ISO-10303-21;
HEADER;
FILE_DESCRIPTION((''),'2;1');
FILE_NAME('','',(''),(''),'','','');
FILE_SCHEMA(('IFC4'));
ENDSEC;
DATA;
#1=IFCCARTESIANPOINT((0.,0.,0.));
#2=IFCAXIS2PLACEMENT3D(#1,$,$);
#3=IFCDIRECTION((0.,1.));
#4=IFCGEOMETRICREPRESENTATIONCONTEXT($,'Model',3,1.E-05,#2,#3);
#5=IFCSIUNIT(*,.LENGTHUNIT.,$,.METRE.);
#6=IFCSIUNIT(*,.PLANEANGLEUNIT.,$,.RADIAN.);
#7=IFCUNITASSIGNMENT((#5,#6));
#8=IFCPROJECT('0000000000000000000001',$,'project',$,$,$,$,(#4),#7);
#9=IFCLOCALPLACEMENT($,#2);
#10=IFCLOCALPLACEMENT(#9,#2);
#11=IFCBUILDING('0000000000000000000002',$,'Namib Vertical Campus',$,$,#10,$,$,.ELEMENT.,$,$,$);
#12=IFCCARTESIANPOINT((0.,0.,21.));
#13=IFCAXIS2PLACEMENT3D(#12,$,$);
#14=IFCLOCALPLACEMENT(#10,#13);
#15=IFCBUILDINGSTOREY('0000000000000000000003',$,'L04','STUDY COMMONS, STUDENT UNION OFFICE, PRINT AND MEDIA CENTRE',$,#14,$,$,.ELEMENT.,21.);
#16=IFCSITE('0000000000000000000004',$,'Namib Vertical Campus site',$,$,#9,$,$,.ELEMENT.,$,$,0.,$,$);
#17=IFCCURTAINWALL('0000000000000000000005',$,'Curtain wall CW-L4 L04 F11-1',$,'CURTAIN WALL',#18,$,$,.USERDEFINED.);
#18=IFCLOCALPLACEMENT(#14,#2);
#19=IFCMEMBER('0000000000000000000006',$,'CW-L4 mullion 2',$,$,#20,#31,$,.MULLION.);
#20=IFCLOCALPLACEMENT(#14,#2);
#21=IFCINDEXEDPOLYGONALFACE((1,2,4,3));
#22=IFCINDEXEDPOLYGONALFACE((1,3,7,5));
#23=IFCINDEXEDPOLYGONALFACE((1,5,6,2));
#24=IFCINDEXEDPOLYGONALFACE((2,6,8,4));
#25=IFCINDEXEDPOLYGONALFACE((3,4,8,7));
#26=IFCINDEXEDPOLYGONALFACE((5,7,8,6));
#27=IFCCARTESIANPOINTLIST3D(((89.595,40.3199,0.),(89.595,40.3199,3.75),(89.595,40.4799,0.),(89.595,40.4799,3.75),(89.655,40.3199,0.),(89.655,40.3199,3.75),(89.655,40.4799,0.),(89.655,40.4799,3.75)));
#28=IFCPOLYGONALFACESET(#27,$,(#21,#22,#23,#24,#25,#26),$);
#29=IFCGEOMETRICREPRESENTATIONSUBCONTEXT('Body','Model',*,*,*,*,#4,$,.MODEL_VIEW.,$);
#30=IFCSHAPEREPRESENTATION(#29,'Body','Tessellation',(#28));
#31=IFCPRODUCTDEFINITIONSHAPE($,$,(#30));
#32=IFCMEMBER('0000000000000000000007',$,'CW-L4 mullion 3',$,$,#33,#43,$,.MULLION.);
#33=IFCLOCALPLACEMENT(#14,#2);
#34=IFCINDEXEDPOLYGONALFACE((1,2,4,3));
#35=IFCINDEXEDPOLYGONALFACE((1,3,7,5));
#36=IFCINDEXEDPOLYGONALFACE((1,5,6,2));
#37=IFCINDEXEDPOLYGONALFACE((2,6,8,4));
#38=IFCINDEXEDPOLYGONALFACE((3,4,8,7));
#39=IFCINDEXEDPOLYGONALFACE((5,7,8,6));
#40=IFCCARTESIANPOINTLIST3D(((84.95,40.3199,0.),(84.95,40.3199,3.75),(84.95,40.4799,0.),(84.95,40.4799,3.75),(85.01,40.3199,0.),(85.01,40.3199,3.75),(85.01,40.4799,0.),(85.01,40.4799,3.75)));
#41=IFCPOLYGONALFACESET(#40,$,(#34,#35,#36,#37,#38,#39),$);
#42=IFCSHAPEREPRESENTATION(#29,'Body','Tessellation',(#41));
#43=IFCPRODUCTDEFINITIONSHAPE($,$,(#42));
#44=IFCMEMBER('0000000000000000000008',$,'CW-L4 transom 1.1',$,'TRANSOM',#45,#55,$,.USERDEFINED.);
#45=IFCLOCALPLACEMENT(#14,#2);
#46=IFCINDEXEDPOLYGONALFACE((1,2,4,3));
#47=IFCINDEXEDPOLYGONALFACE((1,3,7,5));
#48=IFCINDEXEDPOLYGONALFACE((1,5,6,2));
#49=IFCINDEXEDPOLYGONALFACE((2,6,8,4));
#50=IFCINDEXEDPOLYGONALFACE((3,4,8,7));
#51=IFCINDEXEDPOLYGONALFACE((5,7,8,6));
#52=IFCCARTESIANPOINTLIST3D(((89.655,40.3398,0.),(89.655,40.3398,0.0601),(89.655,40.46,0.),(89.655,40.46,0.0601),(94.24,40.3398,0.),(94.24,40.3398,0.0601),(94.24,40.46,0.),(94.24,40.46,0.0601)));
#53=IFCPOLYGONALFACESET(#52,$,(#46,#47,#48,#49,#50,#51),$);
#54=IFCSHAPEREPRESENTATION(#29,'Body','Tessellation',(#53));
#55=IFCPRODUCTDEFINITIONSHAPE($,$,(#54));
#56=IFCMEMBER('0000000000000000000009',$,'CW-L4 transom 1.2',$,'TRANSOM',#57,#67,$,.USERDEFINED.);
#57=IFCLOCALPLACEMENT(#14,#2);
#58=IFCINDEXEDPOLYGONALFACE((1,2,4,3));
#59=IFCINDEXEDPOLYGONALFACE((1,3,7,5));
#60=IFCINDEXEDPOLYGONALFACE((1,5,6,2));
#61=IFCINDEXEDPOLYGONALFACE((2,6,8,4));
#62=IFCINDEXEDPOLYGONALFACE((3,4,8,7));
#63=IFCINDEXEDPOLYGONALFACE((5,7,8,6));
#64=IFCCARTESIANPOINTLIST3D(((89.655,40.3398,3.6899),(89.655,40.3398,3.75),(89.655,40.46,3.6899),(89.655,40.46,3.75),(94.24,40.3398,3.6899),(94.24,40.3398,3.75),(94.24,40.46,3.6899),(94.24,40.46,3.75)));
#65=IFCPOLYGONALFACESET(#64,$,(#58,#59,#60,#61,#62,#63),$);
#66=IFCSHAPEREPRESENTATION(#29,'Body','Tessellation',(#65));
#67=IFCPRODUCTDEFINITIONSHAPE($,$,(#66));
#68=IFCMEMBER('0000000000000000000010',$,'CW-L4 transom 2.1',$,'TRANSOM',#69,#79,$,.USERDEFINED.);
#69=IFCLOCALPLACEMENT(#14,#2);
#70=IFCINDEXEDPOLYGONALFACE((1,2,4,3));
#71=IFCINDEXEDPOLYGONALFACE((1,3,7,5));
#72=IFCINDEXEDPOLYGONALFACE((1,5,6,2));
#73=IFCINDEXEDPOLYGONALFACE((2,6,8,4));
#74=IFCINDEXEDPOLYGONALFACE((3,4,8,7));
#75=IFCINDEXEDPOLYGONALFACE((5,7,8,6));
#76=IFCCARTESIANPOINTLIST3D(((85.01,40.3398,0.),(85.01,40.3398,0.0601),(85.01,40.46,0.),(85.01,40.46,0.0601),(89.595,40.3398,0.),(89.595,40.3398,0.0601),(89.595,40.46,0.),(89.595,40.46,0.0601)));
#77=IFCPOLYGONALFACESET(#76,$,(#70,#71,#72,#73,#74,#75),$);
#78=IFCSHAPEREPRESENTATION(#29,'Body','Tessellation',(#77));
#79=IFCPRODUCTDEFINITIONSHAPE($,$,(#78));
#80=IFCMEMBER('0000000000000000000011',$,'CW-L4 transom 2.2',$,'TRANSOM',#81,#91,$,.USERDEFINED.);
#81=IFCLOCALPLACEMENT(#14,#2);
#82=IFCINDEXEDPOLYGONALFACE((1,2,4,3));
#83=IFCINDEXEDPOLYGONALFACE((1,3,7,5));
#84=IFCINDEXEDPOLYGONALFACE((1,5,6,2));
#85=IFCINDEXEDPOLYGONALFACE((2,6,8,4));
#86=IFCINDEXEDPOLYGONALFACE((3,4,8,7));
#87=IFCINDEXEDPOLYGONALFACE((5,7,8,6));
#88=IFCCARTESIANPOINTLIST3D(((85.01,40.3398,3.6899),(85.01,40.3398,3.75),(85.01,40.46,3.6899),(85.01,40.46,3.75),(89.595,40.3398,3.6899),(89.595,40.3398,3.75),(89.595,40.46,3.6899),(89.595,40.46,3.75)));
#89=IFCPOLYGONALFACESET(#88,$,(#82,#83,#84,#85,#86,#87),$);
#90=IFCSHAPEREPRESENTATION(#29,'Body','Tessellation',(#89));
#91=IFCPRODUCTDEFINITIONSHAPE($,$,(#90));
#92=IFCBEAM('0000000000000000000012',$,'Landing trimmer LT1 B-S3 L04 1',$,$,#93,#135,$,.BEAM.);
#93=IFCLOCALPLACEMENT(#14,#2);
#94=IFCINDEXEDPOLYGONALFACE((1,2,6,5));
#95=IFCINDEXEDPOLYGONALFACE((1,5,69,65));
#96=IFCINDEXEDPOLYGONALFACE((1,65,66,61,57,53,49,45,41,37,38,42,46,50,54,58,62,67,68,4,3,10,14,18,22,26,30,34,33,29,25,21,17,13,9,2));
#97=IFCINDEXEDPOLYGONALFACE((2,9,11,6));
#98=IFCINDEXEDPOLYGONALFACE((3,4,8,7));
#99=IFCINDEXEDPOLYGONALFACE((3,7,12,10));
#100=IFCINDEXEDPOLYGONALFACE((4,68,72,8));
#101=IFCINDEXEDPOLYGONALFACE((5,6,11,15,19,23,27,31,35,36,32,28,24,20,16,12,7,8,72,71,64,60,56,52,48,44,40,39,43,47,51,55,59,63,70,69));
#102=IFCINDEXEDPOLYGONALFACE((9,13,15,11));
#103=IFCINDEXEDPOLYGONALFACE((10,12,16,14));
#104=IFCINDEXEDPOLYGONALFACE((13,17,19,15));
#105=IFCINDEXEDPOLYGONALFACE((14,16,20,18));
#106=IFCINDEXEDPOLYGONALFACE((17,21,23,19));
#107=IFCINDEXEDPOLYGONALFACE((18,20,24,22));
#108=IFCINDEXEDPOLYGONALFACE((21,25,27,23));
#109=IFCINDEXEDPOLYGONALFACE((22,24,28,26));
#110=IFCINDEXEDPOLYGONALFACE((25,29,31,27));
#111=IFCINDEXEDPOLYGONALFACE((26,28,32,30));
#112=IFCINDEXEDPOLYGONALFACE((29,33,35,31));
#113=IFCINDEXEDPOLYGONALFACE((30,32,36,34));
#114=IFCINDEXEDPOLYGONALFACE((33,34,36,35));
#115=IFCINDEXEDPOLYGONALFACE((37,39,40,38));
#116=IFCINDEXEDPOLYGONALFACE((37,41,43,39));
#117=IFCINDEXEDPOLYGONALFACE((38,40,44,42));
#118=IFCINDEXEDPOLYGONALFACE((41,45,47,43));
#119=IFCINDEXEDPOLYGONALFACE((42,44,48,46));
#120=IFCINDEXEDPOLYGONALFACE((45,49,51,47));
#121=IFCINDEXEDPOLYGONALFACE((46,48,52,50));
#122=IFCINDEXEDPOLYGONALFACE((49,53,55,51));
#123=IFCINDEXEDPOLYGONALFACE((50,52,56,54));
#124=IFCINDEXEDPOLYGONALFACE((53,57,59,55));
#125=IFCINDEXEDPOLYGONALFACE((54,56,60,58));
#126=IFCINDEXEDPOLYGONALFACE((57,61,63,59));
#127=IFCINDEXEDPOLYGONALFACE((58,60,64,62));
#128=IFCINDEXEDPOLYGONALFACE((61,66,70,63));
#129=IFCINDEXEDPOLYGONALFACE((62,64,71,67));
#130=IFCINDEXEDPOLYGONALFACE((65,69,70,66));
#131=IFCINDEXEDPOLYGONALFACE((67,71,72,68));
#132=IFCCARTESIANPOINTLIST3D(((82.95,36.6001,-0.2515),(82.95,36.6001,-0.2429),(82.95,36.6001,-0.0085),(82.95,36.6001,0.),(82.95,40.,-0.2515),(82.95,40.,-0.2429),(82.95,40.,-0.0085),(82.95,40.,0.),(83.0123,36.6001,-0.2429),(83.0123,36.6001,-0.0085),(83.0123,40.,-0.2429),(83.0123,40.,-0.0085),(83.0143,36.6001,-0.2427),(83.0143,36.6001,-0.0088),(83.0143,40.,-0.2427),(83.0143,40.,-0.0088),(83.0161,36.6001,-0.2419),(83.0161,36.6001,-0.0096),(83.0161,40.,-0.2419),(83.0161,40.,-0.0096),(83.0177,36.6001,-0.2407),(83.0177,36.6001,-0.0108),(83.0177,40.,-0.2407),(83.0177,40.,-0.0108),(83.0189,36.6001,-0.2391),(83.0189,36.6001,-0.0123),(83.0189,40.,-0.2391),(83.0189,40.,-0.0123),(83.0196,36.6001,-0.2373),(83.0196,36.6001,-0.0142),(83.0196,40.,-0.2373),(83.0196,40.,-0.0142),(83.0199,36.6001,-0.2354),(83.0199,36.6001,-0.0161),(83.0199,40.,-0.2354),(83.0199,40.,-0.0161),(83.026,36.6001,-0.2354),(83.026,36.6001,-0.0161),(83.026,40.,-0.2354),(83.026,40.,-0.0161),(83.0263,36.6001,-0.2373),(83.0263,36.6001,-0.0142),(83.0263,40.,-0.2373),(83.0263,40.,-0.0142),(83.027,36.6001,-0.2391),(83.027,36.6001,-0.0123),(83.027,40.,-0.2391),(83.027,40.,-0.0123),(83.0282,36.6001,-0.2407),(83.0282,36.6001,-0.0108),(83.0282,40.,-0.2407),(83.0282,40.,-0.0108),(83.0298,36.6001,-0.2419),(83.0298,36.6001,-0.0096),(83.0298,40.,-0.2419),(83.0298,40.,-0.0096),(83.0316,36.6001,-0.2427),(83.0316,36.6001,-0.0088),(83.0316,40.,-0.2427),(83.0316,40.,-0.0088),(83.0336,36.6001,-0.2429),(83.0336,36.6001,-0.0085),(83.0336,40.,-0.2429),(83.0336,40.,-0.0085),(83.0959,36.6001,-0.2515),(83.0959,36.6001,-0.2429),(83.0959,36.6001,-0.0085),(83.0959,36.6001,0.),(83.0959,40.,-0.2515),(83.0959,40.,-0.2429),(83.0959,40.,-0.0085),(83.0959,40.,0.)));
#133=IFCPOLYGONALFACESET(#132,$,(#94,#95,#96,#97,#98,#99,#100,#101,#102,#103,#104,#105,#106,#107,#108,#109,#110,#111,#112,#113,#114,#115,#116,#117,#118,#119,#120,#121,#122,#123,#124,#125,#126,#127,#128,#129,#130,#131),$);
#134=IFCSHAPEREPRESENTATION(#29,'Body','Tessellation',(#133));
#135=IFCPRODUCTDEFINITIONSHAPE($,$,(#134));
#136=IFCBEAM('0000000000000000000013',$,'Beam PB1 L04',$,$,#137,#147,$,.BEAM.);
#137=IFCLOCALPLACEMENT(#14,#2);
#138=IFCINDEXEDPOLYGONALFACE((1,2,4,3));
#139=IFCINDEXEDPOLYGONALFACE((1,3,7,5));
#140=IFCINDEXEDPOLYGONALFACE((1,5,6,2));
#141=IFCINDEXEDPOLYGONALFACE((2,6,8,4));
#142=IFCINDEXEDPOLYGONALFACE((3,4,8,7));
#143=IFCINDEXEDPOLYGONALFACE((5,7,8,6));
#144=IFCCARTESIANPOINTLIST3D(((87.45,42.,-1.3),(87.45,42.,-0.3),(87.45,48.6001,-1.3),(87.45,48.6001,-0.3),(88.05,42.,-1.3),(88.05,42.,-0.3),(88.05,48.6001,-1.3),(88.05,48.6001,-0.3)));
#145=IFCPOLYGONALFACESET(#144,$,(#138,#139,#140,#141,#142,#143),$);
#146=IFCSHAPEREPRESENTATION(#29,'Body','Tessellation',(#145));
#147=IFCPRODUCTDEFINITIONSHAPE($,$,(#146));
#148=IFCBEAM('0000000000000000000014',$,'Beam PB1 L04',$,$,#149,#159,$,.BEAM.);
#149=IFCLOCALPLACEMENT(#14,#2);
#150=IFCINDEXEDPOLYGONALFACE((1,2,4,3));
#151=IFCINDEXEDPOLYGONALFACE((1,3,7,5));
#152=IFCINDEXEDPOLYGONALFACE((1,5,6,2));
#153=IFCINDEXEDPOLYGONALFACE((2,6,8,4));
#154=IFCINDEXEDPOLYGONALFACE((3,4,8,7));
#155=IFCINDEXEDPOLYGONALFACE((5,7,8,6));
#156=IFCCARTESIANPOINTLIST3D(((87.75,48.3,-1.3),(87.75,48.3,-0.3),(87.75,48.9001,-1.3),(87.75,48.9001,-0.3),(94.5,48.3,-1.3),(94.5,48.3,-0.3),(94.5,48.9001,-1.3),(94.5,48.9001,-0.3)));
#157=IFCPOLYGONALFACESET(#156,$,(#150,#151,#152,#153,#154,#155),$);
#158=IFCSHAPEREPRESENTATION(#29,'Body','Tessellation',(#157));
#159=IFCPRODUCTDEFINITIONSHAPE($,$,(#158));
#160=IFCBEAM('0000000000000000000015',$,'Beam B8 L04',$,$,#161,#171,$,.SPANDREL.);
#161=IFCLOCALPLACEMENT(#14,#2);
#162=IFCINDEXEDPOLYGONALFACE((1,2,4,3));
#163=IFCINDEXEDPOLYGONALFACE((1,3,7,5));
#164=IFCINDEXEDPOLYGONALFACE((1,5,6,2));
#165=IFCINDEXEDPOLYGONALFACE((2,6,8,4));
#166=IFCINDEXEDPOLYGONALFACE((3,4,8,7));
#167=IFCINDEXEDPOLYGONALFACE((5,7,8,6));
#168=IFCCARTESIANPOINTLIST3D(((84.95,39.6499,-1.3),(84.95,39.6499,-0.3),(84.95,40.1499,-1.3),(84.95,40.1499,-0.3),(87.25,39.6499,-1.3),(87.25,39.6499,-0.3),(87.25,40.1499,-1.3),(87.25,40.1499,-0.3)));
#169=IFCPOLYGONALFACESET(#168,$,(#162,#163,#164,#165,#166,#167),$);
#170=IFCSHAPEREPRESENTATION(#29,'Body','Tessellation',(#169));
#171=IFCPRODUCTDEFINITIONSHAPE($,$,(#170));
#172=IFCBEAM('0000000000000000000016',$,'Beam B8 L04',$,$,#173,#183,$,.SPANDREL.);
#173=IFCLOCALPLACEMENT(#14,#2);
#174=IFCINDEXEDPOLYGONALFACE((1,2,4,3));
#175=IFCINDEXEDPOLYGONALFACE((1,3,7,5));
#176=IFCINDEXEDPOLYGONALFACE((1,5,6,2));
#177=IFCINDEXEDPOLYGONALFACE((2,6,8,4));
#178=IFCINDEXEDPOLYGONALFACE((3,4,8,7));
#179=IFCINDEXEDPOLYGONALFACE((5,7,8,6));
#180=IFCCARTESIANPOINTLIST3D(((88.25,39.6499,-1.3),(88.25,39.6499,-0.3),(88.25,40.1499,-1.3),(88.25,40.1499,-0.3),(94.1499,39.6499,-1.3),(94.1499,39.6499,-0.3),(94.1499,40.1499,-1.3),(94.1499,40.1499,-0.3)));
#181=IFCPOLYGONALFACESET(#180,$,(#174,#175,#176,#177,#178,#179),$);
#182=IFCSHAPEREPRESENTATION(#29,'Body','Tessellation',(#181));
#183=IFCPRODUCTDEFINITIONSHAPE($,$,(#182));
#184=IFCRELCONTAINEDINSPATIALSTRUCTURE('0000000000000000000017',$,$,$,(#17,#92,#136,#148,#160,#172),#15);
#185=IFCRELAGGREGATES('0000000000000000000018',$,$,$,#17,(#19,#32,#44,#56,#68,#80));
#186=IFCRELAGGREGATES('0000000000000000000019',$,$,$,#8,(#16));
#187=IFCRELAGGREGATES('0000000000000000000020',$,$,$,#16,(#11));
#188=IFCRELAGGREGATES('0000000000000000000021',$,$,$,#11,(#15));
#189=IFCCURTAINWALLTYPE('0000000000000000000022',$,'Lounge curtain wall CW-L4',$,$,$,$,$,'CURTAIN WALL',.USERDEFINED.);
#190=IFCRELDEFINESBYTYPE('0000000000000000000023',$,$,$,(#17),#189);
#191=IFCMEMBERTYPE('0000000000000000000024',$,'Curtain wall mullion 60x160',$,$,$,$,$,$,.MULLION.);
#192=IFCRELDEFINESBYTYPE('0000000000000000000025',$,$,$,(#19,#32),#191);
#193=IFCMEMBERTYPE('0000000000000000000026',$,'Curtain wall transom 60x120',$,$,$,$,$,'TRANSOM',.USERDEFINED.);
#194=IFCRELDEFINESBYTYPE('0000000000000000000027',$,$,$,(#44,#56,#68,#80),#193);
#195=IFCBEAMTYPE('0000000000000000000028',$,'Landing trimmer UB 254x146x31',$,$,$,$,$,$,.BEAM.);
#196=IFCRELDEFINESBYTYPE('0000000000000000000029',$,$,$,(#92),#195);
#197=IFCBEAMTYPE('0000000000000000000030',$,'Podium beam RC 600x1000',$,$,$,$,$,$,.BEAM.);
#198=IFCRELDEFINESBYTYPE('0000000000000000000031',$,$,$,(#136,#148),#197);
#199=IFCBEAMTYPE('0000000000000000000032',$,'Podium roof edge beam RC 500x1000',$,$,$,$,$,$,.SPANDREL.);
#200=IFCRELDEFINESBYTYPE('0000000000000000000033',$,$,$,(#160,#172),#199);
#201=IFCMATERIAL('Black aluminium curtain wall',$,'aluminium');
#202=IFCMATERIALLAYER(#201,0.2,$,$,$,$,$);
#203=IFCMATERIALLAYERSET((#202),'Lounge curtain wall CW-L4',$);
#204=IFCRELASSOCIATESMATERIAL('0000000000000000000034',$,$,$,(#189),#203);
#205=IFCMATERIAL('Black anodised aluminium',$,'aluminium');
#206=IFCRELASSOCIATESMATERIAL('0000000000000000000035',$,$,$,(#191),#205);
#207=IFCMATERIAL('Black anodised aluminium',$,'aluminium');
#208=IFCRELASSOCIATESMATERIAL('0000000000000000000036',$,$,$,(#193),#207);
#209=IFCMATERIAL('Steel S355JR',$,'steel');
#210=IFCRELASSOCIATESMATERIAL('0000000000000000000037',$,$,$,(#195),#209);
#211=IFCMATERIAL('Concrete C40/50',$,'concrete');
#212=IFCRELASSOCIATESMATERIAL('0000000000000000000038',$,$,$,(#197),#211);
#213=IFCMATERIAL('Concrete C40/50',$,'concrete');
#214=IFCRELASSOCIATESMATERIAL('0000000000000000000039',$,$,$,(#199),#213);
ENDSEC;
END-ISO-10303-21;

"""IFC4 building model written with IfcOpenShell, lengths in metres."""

from ifc_helpers import new_model, si_unit, direction, frame, origin, origin_2d, place, context, subcontext, project, spatial, rectangle, i_section, extrude, material, layer, layer_set, material_profile, profile_set, type_object, element, aggregate, save


model = new_model("IFC4")

# Units and contexts
model_context = context("Model", 3, precision=1e-05, world=origin(), true_north=direction((0.0, 1.0)))
body_context = subcontext(model_context, "Body", "Model", "MODEL_VIEW")
ifc_project = project(units=[si_unit("LENGTHUNIT", "METRE"), si_unit("PLANEANGLEUNIT", "RADIAN")], contexts=[model_context])

# Site, building, storey
site_placement = place(None, origin())
site = spatial("IfcSite", under=ifc_project, at=site_placement, Name="Namib Vertical Campus site", CompositionType="ELEMENT", RefElevation=0.0)
building_placement = place(site_placement, origin())
building = spatial("IfcBuilding", under=site, at=building_placement, Name="Namib Vertical Campus", CompositionType="ELEMENT")
storey_placement = place(building_placement, frame((0.0, 0.0, 21.0)))
storey = spatial("IfcBuildingStorey", under=building, at=storey_placement, Name="L04", Description="STUDY COMMONS, STUDENT UNION OFFICE, PRINT AND MEDIA CENTRE", CompositionType="ELEMENT", Elevation=21.0)

# Curtain wall, members
ifc_material_1 = material(Name="Black aluminium curtain wall", Category="aluminium")
ifc_layer_1 = layer(ifc_material_1, 0.2)
ifc_layer_set_1 = layer_set([ifc_layer_1], Name="Lounge curtain wall CW-L4")
curtain_wall_type = type_object("IfcCurtainWallType", Name="Lounge curtain wall CW-L4", ElementType="CURTAIN WALL", PredefinedType="USERDEFINED", material=ifc_layer_set_1)
curtain_wall_placement = place(storey_placement, origin())
curtain_wall = element("IfcCurtainWall", 1, at=curtain_wall_placement, inside=storey, type_object=curtain_wall_type, Name="Curtain wall CW-L4 L04 F11-1", ObjectType="CURTAIN WALL", PredefinedType="USERDEFINED")
ifc_material_2 = material(Name="Black anodised aluminium", Category="aluminium")
ifc_material_profile_1 = material_profile(ifc_material_2, rectangle(XDim=0.0601, YDim=0.1599, at=origin_2d()))
ifc_profile_set_1 = profile_set([ifc_material_profile_1], Name="Black anodised aluminium")
member_type_1 = type_object("IfcMemberType", Name="Curtain wall mullion 60x160", PredefinedType="MULLION", material=ifc_profile_set_1)
member_1_placement = place(storey_placement, frame((89.625, 40.3999, 0.0), z_axis=(0.0, 0.0, 1.0), x_axis=(-1.0, 0.0, 0.0)))
member_1 = element("IfcMember", 2, at=member_1_placement, type_object=member_type_1, Name="CW-L4 mullion 2", PredefinedType="MULLION", context=body_context, shape_type="SweptSolid", body=[
    extrude(rectangle(XDim=0.0601, YDim=0.1599, at=origin_2d()), origin(), (0.0, 0.0, 1.0), 3.75),
])
member_2_placement = place(storey_placement, frame((84.98, 40.3999, 0.0), z_axis=(0.0, 0.0, 1.0), x_axis=(-1.0, 0.0, 0.0)))
member_2 = element("IfcMember", 3, at=member_2_placement, type_object=member_type_1, Name="CW-L4 mullion 3", PredefinedType="MULLION", context=body_context, shape_type="SweptSolid", body=[
    extrude(rectangle(XDim=0.0601, YDim=0.1599, at=origin_2d()), origin(), (0.0, 0.0, 1.0), 3.75),
])
ifc_material_3 = material(Name="Black anodised aluminium", Category="aluminium")
ifc_material_profile_2 = material_profile(ifc_material_3, rectangle(XDim=0.0601, YDim=0.1201, at=origin_2d()))
ifc_profile_set_2 = profile_set([ifc_material_profile_2], Name="Black anodised aluminium")
member_type_2 = type_object("IfcMemberType", Name="Curtain wall transom 60x120", ElementType="TRANSOM", PredefinedType="USERDEFINED", material=ifc_profile_set_2)
member_3_placement = place(storey_placement, frame((94.24, 40.3999, 0.03), z_axis=(-1.0, 0.0, 0.0), x_axis=(0.0, 0.0, 1.0)))
member_3 = element("IfcMember", 4, at=member_3_placement, type_object=member_type_2, Name="CW-L4 transom 1.1", ObjectType="TRANSOM", PredefinedType="USERDEFINED", context=body_context, shape_type="SweptSolid", body=[
    extrude(rectangle(XDim=0.0601, YDim=0.1201, at=origin_2d()), origin(), (0.0, 0.0, 1.0), 4.585),
])
member_4_placement = place(storey_placement, frame((94.24, 40.3999, 3.72), z_axis=(-1.0, 0.0, 0.0), x_axis=(0.0, 0.0, 1.0)))
member_4 = element("IfcMember", 5, at=member_4_placement, type_object=member_type_2, Name="CW-L4 transom 1.2", ObjectType="TRANSOM", PredefinedType="USERDEFINED", context=body_context, shape_type="SweptSolid", body=[
    extrude(rectangle(XDim=0.0601, YDim=0.1201, at=origin_2d()), origin(), (0.0, 0.0, 1.0), 4.585),
])
member_5_placement = place(storey_placement, frame((89.595, 40.3999, 0.03), z_axis=(-1.0, 0.0, 0.0), x_axis=(0.0, 0.0, 1.0)))
member_5 = element("IfcMember", 6, at=member_5_placement, type_object=member_type_2, Name="CW-L4 transom 2.1", ObjectType="TRANSOM", PredefinedType="USERDEFINED", context=body_context, shape_type="SweptSolid", body=[
    extrude(rectangle(XDim=0.0601, YDim=0.1201, at=origin_2d()), origin(), (0.0, 0.0, 1.0), 4.585),
])
member_6_placement = place(storey_placement, frame((89.595, 40.3999, 3.72), z_axis=(-1.0, 0.0, 0.0), x_axis=(0.0, 0.0, 1.0)))
member_6 = element("IfcMember", 7, at=member_6_placement, type_object=member_type_2, Name="CW-L4 transom 2.2", ObjectType="TRANSOM", PredefinedType="USERDEFINED", context=body_context, shape_type="SweptSolid", body=[
    extrude(rectangle(XDim=0.0601, YDim=0.1201, at=origin_2d()), origin(), (0.0, 0.0, 1.0), 4.585),
])

# Beams
ifc_material_4 = material(Name="Steel S355JR", Category="steel")
ifc_material_profile_3 = material_profile(ifc_material_4, i_section(OverallWidth=0.146, OverallDepth=0.2515, WebThickness=0.0061, FlangeThickness=0.0085, FilletRadius=0.0076, at=origin_2d()))
ifc_profile_set_3 = profile_set([ifc_material_profile_3], Name="Steel S355JR")
beam_type_1 = type_object("IfcBeamType", Name="Landing trimmer UB 254x146x31", PredefinedType="BEAM", material=ifc_profile_set_3)
beam_1_placement = place(storey_placement, frame((83.0229, 36.6001, -0.1257), z_axis=(0.0, 1.0, 0.0), x_axis=(-1.0, 0.0, 0.0)))
element("IfcBeam", 8, at=beam_1_placement, inside=storey, type_object=beam_type_1, Name="Landing trimmer LT1 B-S3 L04 1", PredefinedType="BEAM", context=body_context, shape_type="SweptSolid", body=[
    extrude(i_section(OverallWidth=0.146, OverallDepth=0.2515, WebThickness=0.0061, FlangeThickness=0.0085, FilletRadius=0.0076, at=origin_2d()), origin(), (0.0, 0.0, 1.0), 3.3999),
])
ifc_material_5 = material(Name="Concrete C40/50", Category="concrete")
ifc_material_profile_4 = material_profile(ifc_material_5, rectangle(XDim=0.6001, YDim=1.0, at=origin_2d()))
ifc_profile_set_4 = profile_set([ifc_material_profile_4], Name="Concrete C40/50")
beam_type_2 = type_object("IfcBeamType", Name="Podium beam RC 600x1000", PredefinedType="BEAM", material=ifc_profile_set_4)
beam_2_placement = place(storey_placement, frame((87.75, 42.0, -0.8), z_axis=(0.0, 1.0, 0.0), x_axis=(-1.0, 0.0, 0.0)))
element("IfcBeam", 9, at=beam_2_placement, inside=storey, type_object=beam_type_2, Name="Beam PB1 L04", PredefinedType="BEAM", context=body_context, shape_type="SweptSolid", body=[
    extrude(rectangle(XDim=0.6001, YDim=1.0, at=origin_2d()), origin(), (0.0, 0.0, 1.0), 6.6001),
])
beam_3_placement = place(storey_placement, frame((87.75, 48.6001, -0.8), z_axis=(1.0, 0.0, 0.0), x_axis=(0.0, 1.0, 0.0)))
element("IfcBeam", 10, at=beam_3_placement, inside=storey, type_object=beam_type_2, Name="Beam PB1 L04", PredefinedType="BEAM", context=body_context, shape_type="SweptSolid", body=[
    extrude(rectangle(XDim=0.6001, YDim=1.0, at=origin_2d()), origin(), (0.0, 0.0, 1.0), 6.75),
])
ifc_material_6 = material(Name="Concrete C40/50", Category="concrete")
ifc_material_profile_5 = material_profile(ifc_material_6, rectangle(XDim=0.5, YDim=1.0, at=origin_2d()))
ifc_profile_set_5 = profile_set([ifc_material_profile_5], Name="Concrete C40/50")
beam_type_3 = type_object("IfcBeamType", Name="Podium roof edge beam RC 500x1000", PredefinedType="SPANDREL", material=ifc_profile_set_5)
beam_4_placement = place(storey_placement, frame((84.95, 39.8999, -0.8), z_axis=(1.0, 0.0, 0.0), x_axis=(0.0, 1.0, 0.0)))
element("IfcBeam", 11, at=beam_4_placement, inside=storey, type_object=beam_type_3, Name="Beam B8 L04", PredefinedType="SPANDREL", context=body_context, shape_type="SweptSolid", body=[
    extrude(rectangle(XDim=0.5, YDim=1.0, at=origin_2d()), origin(), (0.0, 0.0, 1.0), 2.3),
])
beam_5_placement = place(storey_placement, frame((88.25, 39.8999, -0.8), z_axis=(1.0, 0.0, 0.0), x_axis=(0.0, 1.0, 0.0)))
element("IfcBeam", 12, at=beam_5_placement, inside=storey, type_object=beam_type_3, Name="Beam B8 L04", PredefinedType="SPANDREL", context=body_context, shape_type="SweptSolid", body=[
    extrude(rectangle(XDim=0.5, YDim=1.0, at=origin_2d()), origin(), (0.0, 0.0, 1.0), 5.8999),
])

aggregate(curtain_wall, [member_1, member_2, member_3, member_4, member_5, member_6])

save(model, "model.ifc")
